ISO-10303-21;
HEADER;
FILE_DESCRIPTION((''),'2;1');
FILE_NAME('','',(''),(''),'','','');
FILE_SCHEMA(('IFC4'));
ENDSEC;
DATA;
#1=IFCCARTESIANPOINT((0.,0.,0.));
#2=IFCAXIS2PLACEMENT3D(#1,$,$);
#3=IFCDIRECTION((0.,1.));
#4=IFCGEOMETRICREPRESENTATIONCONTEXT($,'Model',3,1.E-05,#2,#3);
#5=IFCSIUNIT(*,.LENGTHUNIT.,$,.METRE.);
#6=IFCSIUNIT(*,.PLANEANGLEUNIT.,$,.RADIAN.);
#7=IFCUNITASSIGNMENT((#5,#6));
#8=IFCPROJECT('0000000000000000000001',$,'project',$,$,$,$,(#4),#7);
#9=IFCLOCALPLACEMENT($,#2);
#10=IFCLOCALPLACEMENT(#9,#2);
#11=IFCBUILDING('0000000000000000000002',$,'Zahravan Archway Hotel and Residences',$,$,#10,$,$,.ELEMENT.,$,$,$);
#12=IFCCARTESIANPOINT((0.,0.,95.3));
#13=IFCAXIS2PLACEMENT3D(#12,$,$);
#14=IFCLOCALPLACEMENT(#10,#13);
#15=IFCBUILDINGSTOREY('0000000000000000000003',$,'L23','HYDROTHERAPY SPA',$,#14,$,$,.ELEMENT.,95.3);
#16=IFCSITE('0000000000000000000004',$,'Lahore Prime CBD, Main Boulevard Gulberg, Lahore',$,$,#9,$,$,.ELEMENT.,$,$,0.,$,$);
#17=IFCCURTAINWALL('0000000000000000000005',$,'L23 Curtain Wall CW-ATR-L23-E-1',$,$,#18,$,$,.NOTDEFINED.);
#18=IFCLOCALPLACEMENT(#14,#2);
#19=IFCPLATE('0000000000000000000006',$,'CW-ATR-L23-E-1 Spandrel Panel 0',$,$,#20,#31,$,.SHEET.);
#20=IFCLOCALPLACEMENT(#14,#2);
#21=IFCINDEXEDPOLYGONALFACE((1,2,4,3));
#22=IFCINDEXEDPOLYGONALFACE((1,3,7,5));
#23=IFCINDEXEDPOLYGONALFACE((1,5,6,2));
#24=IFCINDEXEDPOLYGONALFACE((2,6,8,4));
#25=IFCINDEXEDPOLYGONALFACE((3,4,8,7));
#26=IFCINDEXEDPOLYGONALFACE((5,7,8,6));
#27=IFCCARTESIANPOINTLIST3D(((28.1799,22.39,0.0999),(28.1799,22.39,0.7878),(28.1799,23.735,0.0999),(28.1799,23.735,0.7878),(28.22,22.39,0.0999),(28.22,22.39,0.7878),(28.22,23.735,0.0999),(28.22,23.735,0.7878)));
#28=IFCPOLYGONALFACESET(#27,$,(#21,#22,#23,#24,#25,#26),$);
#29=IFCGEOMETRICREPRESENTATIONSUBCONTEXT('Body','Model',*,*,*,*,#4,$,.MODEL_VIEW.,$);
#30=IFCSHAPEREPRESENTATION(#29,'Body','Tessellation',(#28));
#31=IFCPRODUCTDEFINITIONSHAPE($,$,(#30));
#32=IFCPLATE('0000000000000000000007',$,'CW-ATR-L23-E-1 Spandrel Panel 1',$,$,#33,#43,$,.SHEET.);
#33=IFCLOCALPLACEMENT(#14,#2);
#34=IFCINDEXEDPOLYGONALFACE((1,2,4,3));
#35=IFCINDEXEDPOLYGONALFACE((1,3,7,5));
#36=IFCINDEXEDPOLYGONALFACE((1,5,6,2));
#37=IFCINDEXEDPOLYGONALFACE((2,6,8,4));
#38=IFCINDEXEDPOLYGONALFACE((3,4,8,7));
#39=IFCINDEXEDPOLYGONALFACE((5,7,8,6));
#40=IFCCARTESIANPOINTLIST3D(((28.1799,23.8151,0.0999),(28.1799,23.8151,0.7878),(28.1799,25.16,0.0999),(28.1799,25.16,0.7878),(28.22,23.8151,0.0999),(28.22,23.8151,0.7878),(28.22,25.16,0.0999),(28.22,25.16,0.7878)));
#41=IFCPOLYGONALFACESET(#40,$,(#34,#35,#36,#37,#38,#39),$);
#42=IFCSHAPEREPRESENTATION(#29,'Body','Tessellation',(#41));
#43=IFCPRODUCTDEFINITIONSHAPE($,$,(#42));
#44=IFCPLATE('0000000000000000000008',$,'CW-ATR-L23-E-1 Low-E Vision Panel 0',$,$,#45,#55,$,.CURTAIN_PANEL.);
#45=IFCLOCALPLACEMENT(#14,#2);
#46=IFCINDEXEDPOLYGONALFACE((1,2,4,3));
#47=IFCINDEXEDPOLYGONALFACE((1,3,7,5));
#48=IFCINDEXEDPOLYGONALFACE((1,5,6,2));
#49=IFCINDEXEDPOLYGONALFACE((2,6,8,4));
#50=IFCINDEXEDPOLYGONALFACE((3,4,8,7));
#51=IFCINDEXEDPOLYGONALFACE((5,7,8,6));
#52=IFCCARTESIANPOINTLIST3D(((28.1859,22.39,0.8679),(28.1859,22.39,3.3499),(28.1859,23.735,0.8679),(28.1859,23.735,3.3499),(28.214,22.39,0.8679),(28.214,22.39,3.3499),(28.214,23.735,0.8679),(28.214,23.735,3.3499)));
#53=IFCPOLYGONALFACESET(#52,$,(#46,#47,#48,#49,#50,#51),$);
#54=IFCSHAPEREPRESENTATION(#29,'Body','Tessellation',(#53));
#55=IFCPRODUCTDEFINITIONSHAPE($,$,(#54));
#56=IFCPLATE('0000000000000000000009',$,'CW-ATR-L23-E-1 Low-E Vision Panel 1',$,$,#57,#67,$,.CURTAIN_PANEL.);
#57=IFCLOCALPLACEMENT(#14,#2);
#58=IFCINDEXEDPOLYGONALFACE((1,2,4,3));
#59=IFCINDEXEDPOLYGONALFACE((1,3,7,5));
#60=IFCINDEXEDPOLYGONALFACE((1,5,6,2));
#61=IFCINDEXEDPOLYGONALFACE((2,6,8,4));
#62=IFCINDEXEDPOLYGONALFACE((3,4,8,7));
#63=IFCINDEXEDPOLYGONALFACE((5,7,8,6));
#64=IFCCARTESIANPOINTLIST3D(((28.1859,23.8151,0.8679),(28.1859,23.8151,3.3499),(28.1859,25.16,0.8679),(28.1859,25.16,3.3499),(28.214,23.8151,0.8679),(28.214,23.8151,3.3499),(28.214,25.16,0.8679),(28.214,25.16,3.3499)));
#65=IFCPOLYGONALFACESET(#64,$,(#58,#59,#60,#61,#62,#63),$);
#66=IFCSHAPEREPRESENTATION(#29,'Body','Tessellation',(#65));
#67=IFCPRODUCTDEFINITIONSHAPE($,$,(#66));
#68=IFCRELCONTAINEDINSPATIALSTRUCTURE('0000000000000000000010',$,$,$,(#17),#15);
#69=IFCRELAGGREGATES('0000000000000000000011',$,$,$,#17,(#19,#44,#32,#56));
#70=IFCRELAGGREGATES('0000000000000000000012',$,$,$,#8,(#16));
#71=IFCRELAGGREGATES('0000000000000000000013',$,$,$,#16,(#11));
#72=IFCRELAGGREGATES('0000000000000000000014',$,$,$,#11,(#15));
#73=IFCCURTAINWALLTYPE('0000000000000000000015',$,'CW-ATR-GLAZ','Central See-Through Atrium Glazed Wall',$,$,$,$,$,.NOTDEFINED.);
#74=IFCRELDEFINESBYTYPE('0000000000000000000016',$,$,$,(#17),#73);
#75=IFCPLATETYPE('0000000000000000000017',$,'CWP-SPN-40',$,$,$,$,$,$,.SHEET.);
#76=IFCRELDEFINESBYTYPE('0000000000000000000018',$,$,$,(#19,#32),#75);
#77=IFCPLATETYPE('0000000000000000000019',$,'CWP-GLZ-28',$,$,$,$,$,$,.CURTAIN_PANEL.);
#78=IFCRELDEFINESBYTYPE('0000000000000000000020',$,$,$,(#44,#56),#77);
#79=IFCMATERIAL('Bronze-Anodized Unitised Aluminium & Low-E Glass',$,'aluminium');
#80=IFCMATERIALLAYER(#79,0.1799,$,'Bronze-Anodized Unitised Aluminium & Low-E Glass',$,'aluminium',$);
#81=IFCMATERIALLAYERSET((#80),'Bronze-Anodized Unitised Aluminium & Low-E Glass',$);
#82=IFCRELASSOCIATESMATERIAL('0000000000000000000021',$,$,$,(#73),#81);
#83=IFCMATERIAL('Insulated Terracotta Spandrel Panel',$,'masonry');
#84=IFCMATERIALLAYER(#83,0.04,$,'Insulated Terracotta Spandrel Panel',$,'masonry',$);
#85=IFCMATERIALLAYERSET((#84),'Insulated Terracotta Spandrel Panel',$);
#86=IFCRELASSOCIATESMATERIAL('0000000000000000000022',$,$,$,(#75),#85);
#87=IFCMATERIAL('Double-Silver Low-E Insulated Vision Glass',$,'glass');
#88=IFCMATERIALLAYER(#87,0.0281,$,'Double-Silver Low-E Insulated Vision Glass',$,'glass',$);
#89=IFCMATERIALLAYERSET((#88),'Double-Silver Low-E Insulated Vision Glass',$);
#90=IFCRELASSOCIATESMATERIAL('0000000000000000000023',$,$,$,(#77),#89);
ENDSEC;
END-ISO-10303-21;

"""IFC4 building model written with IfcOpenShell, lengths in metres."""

from ifc_helpers import new_model, si_unit, direction, frame, origin, origin_2d, place, context, subcontext, project, spatial, rectangle, extrude, source, transform, mapped, material, layer, layer_set, type_object, element, aggregate, save


model = new_model("IFC4")

# Units and contexts
model_context = context("Model", 3, precision=1e-05, world=origin(), true_north=direction((0.0, 1.0)))
body_context = subcontext(model_context, "Body", "Model", "MODEL_VIEW")
ifc_project = project(units=[si_unit("LENGTHUNIT", "METRE"), si_unit("PLANEANGLEUNIT", "RADIAN")], contexts=[model_context])

# Site, building, storey
site_placement = place(None, origin())
site = spatial("IfcSite", under=ifc_project, at=site_placement, Name="Lahore Prime CBD, Main Boulevard Gulberg, Lahore", CompositionType="ELEMENT", RefElevation=0.0)
building_placement = place(site_placement, origin())
building = spatial("IfcBuilding", under=site, at=building_placement, Name="Zahravan Archway Hotel and Residences", CompositionType="ELEMENT")
storey_placement = place(building_placement, frame((0.0, 0.0, 95.3)))
storey = spatial("IfcBuildingStorey", under=building, at=storey_placement, Name="L23", Description="HYDROTHERAPY SPA", CompositionType="ELEMENT", Elevation=95.3)

# Curtain wall
ifc_material_1 = material(Name="Bronze-Anodized Unitised Aluminium & Low-E Glass", Category="aluminium")
ifc_layer_1 = layer(ifc_material_1, 0.1799, Name="Bronze-Anodized Unitised Aluminium & Low-E Glass", Category="aluminium")
ifc_layer_set_1 = layer_set([ifc_layer_1], Name="Bronze-Anodized Unitised Aluminium & Low-E Glass")
curtain_wall_type = type_object("IfcCurtainWallType", Name="CW-ATR-GLAZ", Description="Central See-Through Atrium Glazed Wall", PredefinedType="NOTDEFINED", material=ifc_layer_set_1)
curtain_wall_1_placement = place(storey_placement, origin())
curtain_wall_1 = element("IfcCurtainWall", 1, at=curtain_wall_1_placement, inside=storey, type_object=curtain_wall_type, Name="L23 Curtain Wall CW-ATR-L23-E-1", PredefinedType="NOTDEFINED")

# Plates
ifc_material_2 = material(Name="Insulated Terracotta Spandrel Panel", Category="masonry")
ifc_layer_2 = layer(ifc_material_2, 0.04, Name="Insulated Terracotta Spandrel Panel", Category="masonry")
ifc_layer_set_2 = layer_set([ifc_layer_2], Name="Insulated Terracotta Spandrel Panel")
plate_type_1 = type_object("IfcPlateType", Name="CWP-SPN-40", PredefinedType="SHEET", material=ifc_layer_set_2)
ifc_material_3 = material(Name="Double-Silver Low-E Insulated Vision Glass", Category="glass")
ifc_layer_3 = layer(ifc_material_3, 0.0281, Name="Double-Silver Low-E Insulated Vision Glass", Category="glass")
ifc_layer_set_3 = layer_set([ifc_layer_3], Name="Double-Silver Low-E Insulated Vision Glass")
plate_type_2 = type_object("IfcPlateType", Name="CWP-GLZ-28", PredefinedType="CURTAIN_PANEL", material=ifc_layer_set_3)
shared_shape_1 = source(origin(), body_context, "Body", "SweptSolid", [
    extrude(rectangle(XDim=1.345, YDim=0.04, at=origin_2d()), origin(), (0.0, 0.0, 1.0), 0.688),
])
plate_1_placement = place(storey_placement, frame((28.2, 23.0625, 0.0999), z_axis=(0.0, 0.0, 1.0), x_axis=(0.0, 1.0, 0.0)))
plate_1 = element("IfcPlate", 2, at=plate_1_placement, type_object=plate_type_1, Name="CW-ATR-L23-E-1 Spandrel Panel 0", PredefinedType="SHEET", context=body_context, shape_type="MappedRepresentation", body=[
    mapped(shared_shape_1, transform((0.0, 0.0, 0.0), scale=1.0)),
])
plate_2_placement = place(storey_placement, frame((28.2, 24.4875, 0.0999), z_axis=(0.0, 0.0, 1.0), x_axis=(0.0, 1.0, 0.0)))
plate_2 = element("IfcPlate", 3, at=plate_2_placement, type_object=plate_type_1, Name="CW-ATR-L23-E-1 Spandrel Panel 1", PredefinedType="SHEET", context=body_context, shape_type="MappedRepresentation", body=[
    mapped(shared_shape_1, transform((0.0, 0.0, 0.0), scale=1.0)),
])
shared_shape_2 = source(origin(), body_context, "Body", "SweptSolid", [
    extrude(rectangle(XDim=1.345, YDim=0.0281, at=origin_2d()), origin(), (0.0, 0.0, 1.0), 2.4819),
])
plate_3_placement = place(storey_placement, frame((28.2, 23.0625, 0.8679), z_axis=(0.0, 0.0, 1.0), x_axis=(0.0, 1.0, 0.0)))
plate_3 = element("IfcPlate", 4, at=plate_3_placement, type_object=plate_type_2, Name="CW-ATR-L23-E-1 Low-E Vision Panel 0", PredefinedType="CURTAIN_PANEL", context=body_context, shape_type="MappedRepresentation", body=[
    mapped(shared_shape_2, transform((0.0, 0.0, 0.0), scale=1.0)),
])
plate_4_placement = place(storey_placement, frame((28.2, 24.4875, 0.8679), z_axis=(0.0, 0.0, 1.0), x_axis=(0.0, 1.0, 0.0)))
plate_4 = element("IfcPlate", 5, at=plate_4_placement, type_object=plate_type_2, Name="CW-ATR-L23-E-1 Low-E Vision Panel 1", PredefinedType="CURTAIN_PANEL", context=body_context, shape_type="MappedRepresentation", body=[
    mapped(shared_shape_2, transform((0.0, 0.0, 0.0), scale=1.0)),
])
aggregate(curtain_wall_1, [plate_1, plate_3, plate_2, plate_4])

save(model, "model.ifc")
